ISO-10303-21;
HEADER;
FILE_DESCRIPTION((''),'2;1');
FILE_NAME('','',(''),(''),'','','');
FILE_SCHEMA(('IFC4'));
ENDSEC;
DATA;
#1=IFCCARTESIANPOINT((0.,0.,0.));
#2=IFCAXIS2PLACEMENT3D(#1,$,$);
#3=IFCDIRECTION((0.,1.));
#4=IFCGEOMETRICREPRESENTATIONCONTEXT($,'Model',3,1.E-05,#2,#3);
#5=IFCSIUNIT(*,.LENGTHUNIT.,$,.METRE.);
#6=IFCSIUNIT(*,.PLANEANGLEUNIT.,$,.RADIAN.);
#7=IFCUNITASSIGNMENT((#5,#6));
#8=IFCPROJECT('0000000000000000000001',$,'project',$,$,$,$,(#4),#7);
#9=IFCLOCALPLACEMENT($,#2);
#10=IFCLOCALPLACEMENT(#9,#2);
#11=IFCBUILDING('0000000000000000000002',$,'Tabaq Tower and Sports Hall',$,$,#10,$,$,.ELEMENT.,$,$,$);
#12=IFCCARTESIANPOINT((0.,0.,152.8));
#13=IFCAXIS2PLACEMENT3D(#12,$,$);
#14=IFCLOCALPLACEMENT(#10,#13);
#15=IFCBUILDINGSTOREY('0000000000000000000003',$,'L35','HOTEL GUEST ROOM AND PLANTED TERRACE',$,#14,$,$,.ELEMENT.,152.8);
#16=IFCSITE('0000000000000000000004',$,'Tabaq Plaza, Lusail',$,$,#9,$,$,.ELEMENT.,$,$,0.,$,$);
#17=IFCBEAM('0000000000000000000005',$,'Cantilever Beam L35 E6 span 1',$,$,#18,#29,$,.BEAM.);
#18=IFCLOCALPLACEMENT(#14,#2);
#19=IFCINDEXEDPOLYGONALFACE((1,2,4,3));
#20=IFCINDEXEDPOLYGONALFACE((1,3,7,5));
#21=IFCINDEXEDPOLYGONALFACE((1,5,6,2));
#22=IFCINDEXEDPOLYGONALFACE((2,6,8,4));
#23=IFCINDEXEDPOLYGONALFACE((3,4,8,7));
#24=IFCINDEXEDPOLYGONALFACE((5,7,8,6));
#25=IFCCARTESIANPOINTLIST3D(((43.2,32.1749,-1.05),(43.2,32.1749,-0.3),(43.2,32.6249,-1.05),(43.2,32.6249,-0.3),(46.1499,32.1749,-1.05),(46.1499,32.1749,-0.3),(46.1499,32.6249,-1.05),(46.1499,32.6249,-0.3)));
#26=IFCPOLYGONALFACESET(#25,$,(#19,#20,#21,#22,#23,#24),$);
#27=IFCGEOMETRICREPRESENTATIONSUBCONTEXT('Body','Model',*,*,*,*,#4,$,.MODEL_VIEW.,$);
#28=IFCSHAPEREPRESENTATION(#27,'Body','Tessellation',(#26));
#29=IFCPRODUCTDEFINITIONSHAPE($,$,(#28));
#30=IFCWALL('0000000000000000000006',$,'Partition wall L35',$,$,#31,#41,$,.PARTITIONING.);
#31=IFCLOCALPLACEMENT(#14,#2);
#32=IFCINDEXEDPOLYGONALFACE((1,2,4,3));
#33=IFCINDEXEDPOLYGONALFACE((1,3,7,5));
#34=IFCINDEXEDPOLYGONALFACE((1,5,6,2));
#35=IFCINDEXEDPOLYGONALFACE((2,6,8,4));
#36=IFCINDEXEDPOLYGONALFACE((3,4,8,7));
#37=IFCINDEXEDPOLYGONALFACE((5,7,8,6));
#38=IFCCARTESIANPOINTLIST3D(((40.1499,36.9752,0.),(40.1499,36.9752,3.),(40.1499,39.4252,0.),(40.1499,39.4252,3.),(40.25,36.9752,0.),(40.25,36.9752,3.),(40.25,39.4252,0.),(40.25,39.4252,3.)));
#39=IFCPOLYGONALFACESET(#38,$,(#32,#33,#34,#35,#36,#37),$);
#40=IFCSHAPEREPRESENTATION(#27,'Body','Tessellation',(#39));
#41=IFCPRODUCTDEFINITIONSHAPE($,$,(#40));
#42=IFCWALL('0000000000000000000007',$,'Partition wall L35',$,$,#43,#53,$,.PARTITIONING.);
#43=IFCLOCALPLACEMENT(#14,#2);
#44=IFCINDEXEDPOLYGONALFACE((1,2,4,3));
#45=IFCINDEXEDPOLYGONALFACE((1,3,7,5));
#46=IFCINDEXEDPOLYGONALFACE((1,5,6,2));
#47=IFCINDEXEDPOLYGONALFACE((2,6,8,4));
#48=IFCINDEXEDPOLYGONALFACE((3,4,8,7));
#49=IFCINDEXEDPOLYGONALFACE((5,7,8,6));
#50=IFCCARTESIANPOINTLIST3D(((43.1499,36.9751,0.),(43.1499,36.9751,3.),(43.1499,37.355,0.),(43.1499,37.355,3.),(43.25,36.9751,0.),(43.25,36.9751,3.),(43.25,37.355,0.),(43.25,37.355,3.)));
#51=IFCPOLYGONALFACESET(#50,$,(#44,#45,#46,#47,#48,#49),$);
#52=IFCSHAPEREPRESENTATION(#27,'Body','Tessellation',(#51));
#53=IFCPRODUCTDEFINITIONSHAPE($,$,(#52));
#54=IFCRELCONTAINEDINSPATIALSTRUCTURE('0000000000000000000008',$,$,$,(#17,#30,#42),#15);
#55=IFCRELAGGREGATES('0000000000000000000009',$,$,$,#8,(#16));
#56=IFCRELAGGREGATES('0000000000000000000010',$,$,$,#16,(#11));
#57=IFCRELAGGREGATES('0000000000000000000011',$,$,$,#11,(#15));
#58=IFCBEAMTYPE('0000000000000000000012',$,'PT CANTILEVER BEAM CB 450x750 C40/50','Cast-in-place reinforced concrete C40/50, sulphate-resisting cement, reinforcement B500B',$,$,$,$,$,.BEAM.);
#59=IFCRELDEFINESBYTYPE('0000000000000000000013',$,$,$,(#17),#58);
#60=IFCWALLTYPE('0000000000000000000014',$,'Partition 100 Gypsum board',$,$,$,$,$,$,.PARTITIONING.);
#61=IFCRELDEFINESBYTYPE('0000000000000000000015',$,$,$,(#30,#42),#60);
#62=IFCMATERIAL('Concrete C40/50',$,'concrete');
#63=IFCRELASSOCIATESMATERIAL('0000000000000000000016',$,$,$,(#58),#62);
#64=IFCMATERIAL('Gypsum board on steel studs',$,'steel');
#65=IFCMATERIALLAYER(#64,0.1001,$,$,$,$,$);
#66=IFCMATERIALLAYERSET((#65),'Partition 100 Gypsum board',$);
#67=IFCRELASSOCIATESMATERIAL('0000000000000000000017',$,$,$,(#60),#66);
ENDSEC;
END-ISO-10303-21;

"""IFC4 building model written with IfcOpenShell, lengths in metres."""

from ifc_helpers import new_model, si_unit, direction, frame, frame_2d, origin, origin_2d, place, context, subcontext, project, spatial, rectangle, extrude, material, layer, layer_set, material_profile, profile_set, type_object, element, save


model = new_model("IFC4")

# Units and contexts
model_context = context("Model", 3, precision=1e-05, world=origin(), true_north=direction((0.0, 1.0)))
body_context = subcontext(model_context, "Body", "Model", "MODEL_VIEW")
ifc_project = project(units=[si_unit("LENGTHUNIT", "METRE"), si_unit("PLANEANGLEUNIT", "RADIAN")], contexts=[model_context])

# Site, building, storey
site_placement = place(None, origin())
site = spatial("IfcSite", under=ifc_project, at=site_placement, Name="Tabaq Plaza, Lusail", CompositionType="ELEMENT", RefElevation=0.0)
building_placement = place(site_placement, origin())
building = spatial("IfcBuilding", under=site, at=building_placement, Name="Tabaq Tower and Sports Hall", CompositionType="ELEMENT")
storey_placement = place(building_placement, frame((0.0, 0.0, 152.8)))
storey = spatial("IfcBuildingStorey", under=building, at=storey_placement, Name="L35", Description="HOTEL GUEST ROOM AND PLANTED TERRACE", CompositionType="ELEMENT", Elevation=152.8)

# Beam
ifc_material_1 = material(Name="Concrete C40/50", Category="concrete")
ifc_material_profile = material_profile(ifc_material_1, rectangle(XDim=0.45, YDim=0.75, at=origin_2d()), Name="CB 450x750")
ifc_profile_set = profile_set([ifc_material_profile], Name="Concrete C40/50")
beam_type = type_object("IfcBeamType", Name="PT CANTILEVER BEAM CB 450x750 C40/50", Description="Cast-in-place reinforced concrete C40/50, sulphate-resisting cement, reinforcement B500B", PredefinedType="BEAM", material=ifc_profile_set)
beam_placement = place(storey_placement, frame((46.1499, 32.3999, -0.675), z_axis=(-1.0, 0.0, 0.0), x_axis=(0.0, -1.0, 0.0)))
element("IfcBeam", 1, at=beam_placement, inside=storey, type_object=beam_type, Name="Cantilever Beam L35 E6 span 1", PredefinedType="BEAM", context=body_context, shape_type="SweptSolid", body=[
    extrude(rectangle(XDim=0.45, YDim=0.75, at=origin_2d()), origin(), (0.0, 0.0, 1.0), 2.95),
])

# Walls
ifc_material_2 = material(Name="Gypsum board on steel studs", Category="steel")
ifc_layer_1 = layer(ifc_material_2, 0.1001)
ifc_layer_set_1 = layer_set([ifc_layer_1], Name="Partition 100 Gypsum board")
wall_type_1 = type_object("IfcWallType", Name="Partition 100 Gypsum board", PredefinedType="PARTITIONING", material=ifc_layer_set_1)
wall_1_placement = place(storey_placement, frame((40.2, 36.9751, 0.0), z_axis=(0.0, 0.0, 1.0), x_axis=(0.0, 1.0, 0.0)))
element("IfcWall", 2, at=wall_1_placement, inside=storey, type_object=wall_type_1, Name="Partition wall L35", PredefinedType="PARTITIONING", context=body_context, shape_type="SweptSolid", body=[
    extrude(rectangle(XDim=2.45, YDim=0.1001, at=frame_2d((1.2251, 0.0))), origin(), (0.0, 0.0, 1.0), 3.0),
])
wall_2_placement = place(storey_placement, frame((43.2, 36.9751, 0.0), z_axis=(0.0, 0.0, 1.0), x_axis=(0.0, 1.0, 0.0)))
element("IfcWall", 3, at=wall_2_placement, inside=storey, type_object=wall_type_1, Name="Partition wall L35", PredefinedType="PARTITIONING", context=body_context, shape_type="SweptSolid", body=[
    extrude(rectangle(XDim=0.3799, YDim=0.1001, at=frame_2d((0.1899, 0.0))), origin(), (0.0, 0.0, 1.0), 3.0),
])

save(model, "model.ifc")
